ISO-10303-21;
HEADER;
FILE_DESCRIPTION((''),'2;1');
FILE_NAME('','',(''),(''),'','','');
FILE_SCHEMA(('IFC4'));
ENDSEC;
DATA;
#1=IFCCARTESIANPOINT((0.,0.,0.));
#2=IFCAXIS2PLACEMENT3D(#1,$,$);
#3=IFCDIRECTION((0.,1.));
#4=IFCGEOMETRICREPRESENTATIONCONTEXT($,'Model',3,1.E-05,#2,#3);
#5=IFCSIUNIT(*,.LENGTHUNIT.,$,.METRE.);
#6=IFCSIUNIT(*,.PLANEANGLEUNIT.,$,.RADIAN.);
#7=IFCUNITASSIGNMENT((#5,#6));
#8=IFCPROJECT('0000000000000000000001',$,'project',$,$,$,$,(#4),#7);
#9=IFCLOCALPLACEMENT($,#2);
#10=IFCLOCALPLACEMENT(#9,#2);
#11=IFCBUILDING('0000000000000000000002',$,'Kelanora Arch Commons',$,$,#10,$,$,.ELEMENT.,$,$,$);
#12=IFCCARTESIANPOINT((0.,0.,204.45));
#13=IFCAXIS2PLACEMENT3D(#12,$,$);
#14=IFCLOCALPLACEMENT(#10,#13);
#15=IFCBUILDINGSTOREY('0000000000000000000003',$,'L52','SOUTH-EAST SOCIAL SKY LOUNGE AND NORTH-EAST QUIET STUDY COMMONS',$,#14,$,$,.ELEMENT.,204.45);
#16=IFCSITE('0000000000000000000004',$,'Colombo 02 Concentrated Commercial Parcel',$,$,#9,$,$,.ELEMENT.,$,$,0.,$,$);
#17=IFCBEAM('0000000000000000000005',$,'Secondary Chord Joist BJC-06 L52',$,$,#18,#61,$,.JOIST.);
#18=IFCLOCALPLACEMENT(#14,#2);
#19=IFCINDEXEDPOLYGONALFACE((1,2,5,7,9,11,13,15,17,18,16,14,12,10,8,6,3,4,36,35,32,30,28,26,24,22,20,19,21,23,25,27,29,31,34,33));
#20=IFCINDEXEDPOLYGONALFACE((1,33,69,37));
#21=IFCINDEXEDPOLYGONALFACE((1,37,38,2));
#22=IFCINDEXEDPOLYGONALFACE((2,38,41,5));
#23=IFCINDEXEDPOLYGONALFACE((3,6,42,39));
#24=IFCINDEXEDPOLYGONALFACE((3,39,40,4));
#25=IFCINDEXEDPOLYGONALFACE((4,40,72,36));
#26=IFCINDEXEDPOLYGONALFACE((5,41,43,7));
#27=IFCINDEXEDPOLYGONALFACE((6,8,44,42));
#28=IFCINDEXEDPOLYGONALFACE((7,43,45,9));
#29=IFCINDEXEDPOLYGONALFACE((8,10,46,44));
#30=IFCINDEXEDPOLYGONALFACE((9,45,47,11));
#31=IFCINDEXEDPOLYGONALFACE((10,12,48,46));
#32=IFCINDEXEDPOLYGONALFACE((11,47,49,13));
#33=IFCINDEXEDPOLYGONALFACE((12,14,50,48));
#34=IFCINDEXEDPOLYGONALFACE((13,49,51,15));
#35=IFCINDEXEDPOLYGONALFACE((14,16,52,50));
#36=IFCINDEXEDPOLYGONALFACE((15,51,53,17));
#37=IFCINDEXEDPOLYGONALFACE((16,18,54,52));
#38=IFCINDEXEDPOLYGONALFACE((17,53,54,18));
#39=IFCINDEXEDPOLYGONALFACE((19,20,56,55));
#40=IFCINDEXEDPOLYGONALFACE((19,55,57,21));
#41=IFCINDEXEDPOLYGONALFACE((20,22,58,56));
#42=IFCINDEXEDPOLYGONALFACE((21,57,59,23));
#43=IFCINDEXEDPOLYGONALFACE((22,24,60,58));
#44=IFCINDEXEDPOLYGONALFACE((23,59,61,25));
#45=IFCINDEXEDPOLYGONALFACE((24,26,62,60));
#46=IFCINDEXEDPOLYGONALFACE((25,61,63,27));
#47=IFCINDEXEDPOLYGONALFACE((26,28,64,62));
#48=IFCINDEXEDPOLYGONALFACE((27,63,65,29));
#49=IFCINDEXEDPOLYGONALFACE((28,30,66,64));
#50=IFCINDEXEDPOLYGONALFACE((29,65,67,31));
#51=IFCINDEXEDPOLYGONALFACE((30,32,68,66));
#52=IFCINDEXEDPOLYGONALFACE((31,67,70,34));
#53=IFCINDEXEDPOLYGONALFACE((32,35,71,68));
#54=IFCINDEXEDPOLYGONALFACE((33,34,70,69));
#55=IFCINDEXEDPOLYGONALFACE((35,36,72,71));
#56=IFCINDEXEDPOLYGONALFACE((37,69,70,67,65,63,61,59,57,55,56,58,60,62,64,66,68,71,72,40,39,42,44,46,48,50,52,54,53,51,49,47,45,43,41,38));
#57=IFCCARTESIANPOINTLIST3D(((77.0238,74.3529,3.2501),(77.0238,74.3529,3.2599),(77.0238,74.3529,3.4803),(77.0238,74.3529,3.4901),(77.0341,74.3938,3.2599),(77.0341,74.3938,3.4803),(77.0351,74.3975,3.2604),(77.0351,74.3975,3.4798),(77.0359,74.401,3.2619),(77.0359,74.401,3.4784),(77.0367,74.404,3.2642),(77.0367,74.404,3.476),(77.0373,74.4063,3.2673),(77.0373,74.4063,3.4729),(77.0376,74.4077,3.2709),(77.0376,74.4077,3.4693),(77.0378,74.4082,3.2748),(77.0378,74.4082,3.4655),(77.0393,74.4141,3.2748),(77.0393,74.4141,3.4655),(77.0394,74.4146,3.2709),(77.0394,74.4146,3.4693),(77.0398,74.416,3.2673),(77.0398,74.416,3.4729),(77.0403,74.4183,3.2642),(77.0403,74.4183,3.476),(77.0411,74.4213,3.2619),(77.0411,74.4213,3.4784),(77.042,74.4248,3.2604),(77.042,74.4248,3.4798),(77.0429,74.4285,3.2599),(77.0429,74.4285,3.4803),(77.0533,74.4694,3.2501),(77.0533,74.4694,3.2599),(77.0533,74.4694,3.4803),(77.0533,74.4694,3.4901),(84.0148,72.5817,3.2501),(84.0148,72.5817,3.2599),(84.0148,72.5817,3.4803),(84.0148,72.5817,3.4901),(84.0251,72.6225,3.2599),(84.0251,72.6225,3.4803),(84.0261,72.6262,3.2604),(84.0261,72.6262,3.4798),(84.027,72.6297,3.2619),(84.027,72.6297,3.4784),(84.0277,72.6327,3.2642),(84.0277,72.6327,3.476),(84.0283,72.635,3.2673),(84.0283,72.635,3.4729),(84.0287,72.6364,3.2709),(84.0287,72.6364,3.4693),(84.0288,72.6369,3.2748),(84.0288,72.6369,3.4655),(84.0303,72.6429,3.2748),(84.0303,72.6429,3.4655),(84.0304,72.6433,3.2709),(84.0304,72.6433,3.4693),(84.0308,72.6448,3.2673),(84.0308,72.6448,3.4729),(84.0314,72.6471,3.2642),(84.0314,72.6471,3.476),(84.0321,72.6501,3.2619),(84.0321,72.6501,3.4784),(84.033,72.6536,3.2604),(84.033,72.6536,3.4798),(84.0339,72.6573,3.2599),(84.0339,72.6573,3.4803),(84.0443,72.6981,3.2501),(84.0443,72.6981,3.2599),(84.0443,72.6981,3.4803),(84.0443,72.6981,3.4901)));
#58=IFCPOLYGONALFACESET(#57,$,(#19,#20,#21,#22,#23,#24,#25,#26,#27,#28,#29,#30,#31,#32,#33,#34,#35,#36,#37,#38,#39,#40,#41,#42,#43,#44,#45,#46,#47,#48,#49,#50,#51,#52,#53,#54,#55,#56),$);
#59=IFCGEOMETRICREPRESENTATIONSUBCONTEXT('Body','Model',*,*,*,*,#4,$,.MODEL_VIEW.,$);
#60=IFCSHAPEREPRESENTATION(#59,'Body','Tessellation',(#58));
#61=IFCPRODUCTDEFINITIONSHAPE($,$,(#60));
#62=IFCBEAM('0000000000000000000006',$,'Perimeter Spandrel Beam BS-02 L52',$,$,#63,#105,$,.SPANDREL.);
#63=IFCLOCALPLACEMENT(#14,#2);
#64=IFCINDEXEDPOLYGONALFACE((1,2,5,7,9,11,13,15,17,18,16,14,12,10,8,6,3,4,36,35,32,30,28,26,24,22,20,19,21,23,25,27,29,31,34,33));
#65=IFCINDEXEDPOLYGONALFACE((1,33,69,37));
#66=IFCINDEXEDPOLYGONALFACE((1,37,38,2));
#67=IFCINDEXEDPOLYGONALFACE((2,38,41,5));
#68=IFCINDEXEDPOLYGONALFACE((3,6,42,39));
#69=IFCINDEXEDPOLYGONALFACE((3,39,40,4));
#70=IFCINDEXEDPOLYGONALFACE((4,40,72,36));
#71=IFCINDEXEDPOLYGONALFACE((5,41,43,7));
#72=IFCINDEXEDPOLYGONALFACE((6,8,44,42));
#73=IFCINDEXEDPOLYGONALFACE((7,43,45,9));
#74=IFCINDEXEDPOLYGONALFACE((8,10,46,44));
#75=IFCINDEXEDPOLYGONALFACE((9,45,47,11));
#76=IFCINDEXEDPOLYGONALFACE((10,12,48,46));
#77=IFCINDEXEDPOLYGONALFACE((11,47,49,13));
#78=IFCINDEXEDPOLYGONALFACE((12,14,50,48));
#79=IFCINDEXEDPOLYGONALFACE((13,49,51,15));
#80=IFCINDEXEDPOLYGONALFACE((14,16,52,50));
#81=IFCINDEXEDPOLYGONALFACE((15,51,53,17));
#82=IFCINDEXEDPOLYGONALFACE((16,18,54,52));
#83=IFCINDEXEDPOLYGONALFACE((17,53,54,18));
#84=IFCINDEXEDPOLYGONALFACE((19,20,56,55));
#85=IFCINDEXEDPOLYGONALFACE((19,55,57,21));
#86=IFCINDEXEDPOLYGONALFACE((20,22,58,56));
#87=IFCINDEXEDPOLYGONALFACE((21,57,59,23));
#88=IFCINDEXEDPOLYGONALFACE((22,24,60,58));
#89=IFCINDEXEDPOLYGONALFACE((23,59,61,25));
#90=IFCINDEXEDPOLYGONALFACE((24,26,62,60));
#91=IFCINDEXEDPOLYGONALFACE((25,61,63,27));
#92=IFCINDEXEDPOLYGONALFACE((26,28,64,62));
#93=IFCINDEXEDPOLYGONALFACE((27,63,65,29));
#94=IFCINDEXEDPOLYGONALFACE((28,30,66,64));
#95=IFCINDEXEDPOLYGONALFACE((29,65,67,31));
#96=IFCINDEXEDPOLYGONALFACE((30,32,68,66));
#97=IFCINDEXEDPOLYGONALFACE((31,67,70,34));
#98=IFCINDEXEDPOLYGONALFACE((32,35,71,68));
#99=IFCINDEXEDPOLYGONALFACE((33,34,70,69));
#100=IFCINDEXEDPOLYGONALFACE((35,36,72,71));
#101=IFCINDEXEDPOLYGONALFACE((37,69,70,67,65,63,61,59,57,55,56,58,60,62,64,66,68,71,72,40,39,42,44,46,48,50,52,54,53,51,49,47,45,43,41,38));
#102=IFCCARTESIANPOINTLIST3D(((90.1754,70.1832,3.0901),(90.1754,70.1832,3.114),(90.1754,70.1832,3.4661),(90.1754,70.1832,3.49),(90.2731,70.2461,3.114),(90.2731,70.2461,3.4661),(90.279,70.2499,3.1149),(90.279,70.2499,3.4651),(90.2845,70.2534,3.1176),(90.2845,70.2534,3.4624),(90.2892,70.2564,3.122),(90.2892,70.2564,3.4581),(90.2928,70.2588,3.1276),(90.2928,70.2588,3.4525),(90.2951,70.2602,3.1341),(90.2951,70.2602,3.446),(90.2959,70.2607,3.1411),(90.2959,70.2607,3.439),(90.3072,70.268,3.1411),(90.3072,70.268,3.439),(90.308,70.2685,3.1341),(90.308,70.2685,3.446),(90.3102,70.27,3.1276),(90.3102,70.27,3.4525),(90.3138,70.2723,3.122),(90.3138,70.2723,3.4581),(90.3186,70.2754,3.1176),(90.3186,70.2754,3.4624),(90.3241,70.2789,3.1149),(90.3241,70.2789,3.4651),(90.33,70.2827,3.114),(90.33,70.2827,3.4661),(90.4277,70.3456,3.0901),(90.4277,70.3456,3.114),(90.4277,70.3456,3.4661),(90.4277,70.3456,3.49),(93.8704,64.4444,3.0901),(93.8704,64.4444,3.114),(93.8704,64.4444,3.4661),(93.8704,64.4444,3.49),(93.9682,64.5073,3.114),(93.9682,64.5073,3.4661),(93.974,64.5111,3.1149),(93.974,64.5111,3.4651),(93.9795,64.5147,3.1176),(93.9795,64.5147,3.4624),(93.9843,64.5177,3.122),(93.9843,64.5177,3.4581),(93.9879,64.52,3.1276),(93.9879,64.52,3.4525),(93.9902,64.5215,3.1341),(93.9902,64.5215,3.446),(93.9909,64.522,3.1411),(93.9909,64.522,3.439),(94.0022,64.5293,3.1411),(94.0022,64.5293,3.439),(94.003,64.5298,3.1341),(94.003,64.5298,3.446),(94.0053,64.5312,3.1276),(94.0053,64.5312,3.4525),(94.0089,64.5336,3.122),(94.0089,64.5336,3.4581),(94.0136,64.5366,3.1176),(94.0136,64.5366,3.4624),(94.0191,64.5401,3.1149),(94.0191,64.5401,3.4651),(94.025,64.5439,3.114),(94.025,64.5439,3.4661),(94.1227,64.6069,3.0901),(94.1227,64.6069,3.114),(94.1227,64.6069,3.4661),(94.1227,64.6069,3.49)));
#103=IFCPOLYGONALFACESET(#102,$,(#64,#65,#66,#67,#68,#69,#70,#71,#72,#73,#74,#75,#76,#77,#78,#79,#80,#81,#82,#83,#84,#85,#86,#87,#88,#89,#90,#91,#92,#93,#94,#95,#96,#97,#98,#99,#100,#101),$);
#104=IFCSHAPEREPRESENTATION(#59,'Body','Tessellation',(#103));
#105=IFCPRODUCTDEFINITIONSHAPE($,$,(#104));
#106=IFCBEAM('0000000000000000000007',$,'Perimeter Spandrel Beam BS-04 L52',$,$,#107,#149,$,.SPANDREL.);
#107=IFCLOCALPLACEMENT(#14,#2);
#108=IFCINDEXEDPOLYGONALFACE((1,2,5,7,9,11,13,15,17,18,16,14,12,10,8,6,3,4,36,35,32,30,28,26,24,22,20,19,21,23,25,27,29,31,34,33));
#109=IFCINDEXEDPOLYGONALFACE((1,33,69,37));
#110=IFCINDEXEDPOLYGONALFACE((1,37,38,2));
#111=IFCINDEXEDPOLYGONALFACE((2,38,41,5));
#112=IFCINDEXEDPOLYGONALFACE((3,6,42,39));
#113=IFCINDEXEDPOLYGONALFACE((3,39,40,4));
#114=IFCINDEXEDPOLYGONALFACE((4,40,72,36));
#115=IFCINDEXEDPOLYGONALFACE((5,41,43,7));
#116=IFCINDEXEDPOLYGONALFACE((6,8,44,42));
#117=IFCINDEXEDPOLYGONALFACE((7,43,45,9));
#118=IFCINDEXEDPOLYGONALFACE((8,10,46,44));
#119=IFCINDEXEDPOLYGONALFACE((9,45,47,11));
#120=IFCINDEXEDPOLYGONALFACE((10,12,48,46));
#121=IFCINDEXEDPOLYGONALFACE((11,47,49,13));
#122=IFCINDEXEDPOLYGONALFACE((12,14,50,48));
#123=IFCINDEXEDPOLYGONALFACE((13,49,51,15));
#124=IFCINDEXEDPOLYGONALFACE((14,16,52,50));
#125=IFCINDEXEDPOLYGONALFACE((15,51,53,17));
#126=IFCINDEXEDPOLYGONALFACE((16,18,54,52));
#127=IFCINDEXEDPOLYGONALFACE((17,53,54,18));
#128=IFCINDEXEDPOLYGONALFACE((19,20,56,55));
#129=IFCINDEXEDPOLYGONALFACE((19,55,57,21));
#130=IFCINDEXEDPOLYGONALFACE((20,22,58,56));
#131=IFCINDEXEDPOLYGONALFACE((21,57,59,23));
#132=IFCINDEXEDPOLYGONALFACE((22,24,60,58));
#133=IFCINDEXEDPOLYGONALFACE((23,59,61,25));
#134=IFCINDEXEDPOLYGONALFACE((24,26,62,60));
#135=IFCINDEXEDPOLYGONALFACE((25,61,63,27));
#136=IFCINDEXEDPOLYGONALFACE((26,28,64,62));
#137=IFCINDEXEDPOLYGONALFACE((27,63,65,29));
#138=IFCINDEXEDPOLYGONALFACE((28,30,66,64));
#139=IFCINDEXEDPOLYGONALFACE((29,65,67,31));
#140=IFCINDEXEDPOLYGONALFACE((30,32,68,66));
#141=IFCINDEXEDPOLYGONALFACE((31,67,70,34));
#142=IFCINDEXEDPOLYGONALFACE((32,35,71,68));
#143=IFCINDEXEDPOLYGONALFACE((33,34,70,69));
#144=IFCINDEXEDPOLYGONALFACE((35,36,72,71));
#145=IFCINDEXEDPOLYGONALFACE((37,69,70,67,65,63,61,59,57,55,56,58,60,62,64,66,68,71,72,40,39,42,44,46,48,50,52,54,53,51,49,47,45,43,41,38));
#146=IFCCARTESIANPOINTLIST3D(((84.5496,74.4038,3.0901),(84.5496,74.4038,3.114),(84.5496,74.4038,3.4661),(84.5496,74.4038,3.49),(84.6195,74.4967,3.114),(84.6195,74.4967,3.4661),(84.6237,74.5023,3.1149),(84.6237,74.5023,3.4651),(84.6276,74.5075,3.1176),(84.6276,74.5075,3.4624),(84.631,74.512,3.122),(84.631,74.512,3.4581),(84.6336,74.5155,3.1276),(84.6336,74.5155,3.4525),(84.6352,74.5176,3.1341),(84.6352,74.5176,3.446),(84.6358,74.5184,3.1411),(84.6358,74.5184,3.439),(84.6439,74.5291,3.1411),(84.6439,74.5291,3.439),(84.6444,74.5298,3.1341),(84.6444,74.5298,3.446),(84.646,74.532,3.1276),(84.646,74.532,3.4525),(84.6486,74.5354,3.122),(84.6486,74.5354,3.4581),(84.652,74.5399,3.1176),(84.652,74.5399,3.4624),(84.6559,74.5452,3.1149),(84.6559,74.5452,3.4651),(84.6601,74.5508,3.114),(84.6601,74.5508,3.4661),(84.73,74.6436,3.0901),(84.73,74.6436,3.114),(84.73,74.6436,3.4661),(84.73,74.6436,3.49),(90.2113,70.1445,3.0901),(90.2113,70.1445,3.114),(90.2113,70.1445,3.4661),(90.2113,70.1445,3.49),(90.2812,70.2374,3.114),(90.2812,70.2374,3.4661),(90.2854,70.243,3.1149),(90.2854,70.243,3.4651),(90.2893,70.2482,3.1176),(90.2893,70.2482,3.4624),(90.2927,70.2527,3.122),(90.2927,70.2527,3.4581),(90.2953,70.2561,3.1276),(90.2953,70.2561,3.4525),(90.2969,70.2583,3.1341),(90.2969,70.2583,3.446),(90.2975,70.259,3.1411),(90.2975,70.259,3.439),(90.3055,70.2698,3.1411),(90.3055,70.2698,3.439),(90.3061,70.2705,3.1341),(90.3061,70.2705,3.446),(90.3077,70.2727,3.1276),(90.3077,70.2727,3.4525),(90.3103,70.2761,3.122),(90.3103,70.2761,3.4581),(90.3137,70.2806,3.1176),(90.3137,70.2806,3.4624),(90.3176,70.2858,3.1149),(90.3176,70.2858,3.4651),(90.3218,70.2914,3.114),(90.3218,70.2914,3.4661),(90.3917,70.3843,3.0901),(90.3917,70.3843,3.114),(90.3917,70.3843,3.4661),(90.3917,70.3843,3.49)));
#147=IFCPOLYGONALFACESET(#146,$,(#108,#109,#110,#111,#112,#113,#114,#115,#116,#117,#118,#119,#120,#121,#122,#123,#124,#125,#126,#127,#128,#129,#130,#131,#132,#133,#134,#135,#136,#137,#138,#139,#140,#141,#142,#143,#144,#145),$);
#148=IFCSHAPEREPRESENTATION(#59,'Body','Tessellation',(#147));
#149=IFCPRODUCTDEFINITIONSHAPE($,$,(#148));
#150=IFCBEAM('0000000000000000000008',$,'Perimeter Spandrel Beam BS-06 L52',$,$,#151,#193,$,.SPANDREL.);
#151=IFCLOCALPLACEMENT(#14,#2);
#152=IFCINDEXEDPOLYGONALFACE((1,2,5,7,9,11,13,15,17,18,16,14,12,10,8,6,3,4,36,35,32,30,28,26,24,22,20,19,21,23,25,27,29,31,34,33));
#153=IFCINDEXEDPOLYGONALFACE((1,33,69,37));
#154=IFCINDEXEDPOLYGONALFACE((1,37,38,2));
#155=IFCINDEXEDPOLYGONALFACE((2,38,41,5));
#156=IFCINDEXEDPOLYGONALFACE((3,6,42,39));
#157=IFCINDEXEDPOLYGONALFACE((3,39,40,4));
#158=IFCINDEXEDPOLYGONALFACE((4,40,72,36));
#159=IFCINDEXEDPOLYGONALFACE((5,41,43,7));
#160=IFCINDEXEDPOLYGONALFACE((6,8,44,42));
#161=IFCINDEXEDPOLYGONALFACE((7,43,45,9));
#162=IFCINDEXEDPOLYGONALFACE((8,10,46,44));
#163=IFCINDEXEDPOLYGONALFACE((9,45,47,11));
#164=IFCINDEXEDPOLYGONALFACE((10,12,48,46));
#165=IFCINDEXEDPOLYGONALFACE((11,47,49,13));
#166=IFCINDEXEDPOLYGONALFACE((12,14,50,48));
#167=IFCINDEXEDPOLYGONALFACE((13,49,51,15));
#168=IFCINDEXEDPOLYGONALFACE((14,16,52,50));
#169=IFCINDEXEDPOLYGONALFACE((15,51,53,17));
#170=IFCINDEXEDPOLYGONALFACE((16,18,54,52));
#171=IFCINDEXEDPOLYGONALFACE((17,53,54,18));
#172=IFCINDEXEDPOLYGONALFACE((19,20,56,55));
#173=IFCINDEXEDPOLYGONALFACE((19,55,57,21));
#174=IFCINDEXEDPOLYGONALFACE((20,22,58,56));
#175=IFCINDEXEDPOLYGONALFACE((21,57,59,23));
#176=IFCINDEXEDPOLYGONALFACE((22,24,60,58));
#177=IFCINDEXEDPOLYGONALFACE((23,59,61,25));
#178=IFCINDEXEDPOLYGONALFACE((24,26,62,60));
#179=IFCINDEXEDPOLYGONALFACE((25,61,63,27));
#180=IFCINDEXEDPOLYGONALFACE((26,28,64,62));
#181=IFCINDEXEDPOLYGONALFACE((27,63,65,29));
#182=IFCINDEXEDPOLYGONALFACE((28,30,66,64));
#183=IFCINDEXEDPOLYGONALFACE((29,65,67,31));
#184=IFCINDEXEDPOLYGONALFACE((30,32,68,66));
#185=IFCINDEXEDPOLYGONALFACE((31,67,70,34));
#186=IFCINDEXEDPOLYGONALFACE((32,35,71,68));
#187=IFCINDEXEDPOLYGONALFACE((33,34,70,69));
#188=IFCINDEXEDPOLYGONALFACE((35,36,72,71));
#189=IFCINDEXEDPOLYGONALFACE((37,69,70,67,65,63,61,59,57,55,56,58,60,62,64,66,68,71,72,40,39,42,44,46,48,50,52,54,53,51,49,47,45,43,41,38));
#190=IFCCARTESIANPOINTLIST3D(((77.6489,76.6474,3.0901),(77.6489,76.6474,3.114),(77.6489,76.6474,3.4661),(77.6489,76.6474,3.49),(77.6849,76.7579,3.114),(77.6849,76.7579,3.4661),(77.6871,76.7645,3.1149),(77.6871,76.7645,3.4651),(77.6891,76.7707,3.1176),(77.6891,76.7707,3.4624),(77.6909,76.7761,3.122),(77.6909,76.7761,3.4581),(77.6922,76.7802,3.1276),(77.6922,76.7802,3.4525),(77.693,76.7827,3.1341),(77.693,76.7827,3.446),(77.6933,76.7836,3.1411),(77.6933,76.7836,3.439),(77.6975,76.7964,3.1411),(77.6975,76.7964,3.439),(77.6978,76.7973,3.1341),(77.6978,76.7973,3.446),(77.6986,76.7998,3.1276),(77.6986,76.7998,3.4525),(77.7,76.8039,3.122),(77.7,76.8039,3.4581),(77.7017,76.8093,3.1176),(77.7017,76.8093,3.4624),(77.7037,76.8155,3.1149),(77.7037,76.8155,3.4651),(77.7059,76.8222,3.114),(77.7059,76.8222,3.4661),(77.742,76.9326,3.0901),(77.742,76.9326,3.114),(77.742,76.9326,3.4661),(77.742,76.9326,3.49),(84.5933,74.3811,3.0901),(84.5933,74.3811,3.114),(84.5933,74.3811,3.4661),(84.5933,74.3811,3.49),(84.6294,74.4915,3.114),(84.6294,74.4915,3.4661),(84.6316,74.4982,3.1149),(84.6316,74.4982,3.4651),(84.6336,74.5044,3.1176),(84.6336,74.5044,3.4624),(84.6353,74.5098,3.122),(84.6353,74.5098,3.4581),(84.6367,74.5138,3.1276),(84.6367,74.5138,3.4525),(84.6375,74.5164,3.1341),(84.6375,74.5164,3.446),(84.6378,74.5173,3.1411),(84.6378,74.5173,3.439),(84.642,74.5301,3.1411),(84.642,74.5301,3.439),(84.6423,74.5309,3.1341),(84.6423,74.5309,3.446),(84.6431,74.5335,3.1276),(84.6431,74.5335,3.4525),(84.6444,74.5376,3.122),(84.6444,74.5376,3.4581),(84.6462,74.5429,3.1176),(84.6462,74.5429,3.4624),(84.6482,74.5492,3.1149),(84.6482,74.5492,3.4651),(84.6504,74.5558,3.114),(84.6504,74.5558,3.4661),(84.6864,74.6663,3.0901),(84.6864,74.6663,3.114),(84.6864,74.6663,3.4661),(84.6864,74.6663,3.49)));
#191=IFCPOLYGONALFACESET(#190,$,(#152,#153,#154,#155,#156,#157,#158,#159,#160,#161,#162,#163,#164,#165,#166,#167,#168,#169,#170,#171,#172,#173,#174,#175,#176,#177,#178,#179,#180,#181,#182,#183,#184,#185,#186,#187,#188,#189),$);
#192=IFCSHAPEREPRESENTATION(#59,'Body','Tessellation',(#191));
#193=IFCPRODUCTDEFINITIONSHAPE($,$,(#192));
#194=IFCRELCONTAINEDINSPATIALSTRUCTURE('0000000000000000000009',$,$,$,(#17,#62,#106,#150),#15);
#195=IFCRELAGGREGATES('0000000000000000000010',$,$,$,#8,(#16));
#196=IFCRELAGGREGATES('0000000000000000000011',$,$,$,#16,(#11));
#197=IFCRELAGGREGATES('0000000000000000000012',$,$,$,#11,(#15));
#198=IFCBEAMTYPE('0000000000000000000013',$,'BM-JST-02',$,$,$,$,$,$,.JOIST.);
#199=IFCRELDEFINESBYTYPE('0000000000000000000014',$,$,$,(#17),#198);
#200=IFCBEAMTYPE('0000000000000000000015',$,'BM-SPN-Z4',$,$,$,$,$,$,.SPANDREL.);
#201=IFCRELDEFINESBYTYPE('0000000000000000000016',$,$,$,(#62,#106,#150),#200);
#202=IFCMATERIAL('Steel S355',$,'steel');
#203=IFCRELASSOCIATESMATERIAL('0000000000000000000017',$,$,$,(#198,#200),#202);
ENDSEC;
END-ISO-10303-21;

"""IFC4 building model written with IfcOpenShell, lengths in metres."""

from ifc_helpers import new_model, si_unit, direction, frame, origin, origin_2d, place, context, subcontext, project, spatial, i_section, extrude, material, material_profile, profile_set, type_object, element, save


model = new_model("IFC4")

# Units and contexts
model_context = context("Model", 3, precision=1e-05, world=origin(), true_north=direction((0.0, 1.0)))
body_context = subcontext(model_context, "Body", "Model", "MODEL_VIEW")
ifc_project = project(units=[si_unit("LENGTHUNIT", "METRE"), si_unit("PLANEANGLEUNIT", "RADIAN")], contexts=[model_context])

# Site, building, storey
site_placement = place(None, origin())
site = spatial("IfcSite", under=ifc_project, at=site_placement, Name="Colombo 02 Concentrated Commercial Parcel", CompositionType="ELEMENT", RefElevation=0.0)
building_placement = place(site_placement, origin())
building = spatial("IfcBuilding", under=site, at=building_placement, Name="Kelanora Arch Commons", CompositionType="ELEMENT")
storey_placement = place(building_placement, frame((0.0, 0.0, 204.45)))
storey = spatial("IfcBuildingStorey", under=building, at=storey_placement, Name="L52", Description="SOUTH-EAST SOCIAL SKY LOUNGE AND NORTH-EAST QUIET STUDY COMMONS", CompositionType="ELEMENT", Elevation=204.45)

# Beams
ifc_material_1 = material(Name="Steel S355", Category="steel")
ifc_material_profile_1 = material_profile(ifc_material_1, i_section(OverallWidth=0.1201, OverallDepth=0.24, WebThickness=0.0061, FlangeThickness=0.0098, FilletRadius=0.0149, at=origin_2d()), Name="IPE240")
ifc_profile_set_1 = profile_set([ifc_material_profile_1], Name="Steel S355")
beam_type_1 = type_object("IfcBeamType", Name="BM-JST-02", PredefinedType="JOIST", material=ifc_profile_set_1)
beam_1_placement = place(storey_placement, frame((84.0295, 72.6399, 3.3701), z_axis=(-0.969371, 0.245601, 0.0), x_axis=(-0.245601, -0.969371, 0.0)))
element("IfcBeam", 1, at=beam_1_placement, inside=storey, type_object=beam_type_1, Name="Secondary Chord Joist BJC-06 L52", PredefinedType="JOIST", context=body_context, shape_type="SweptSolid", body=[
    extrude(i_section(OverallWidth=0.1201, OverallDepth=0.24, WebThickness=0.0061, FlangeThickness=0.0098, FilletRadius=0.0149, at=origin_2d()), origin(), (0.0, 0.0, 1.0), 7.2119),
])
ifc_material_profile_2 = material_profile(ifc_material_1, i_section(OverallWidth=0.3, OverallDepth=0.3999, WebThickness=0.0134, FlangeThickness=0.0239, FilletRadius=0.0271, at=origin_2d()), Name="HEB400")
ifc_profile_set_2 = profile_set([ifc_material_profile_2], Name="Steel S355")
beam_type_2 = type_object("IfcBeamType", Name="BM-SPN-Z4", PredefinedType="SPANDREL", material=ifc_profile_set_2)
beam_2_placement = place(storey_placement, frame((93.9966, 64.5256, 3.29), z_axis=(-0.541365, 0.840788, 0.0), x_axis=(-0.840788, -0.541365, 0.0)))
element("IfcBeam", 2, at=beam_2_placement, inside=storey, type_object=beam_type_2, Name="Perimeter Spandrel Beam BS-02 L52", PredefinedType="SPANDREL", context=body_context, shape_type="SweptSolid", body=[
    extrude(i_section(OverallWidth=0.3, OverallDepth=0.3999, WebThickness=0.0134, FlangeThickness=0.0239, FilletRadius=0.0271, at=origin_2d()), origin(), (0.0, 0.0, 1.0), 6.8254),
])
beam_3_placement = place(storey_placement, frame((90.3015, 70.2644, 3.29), z_axis=(-0.799114, 0.601179, 0.0), x_axis=(-0.601179, -0.799114, 0.0)))
element("IfcBeam", 3, at=beam_3_placement, inside=storey, type_object=beam_type_2, Name="Perimeter Spandrel Beam BS-04 L52", PredefinedType="SPANDREL", context=body_context, shape_type="SweptSolid", body=[
    extrude(i_section(OverallWidth=0.3, OverallDepth=0.3999, WebThickness=0.0134, FlangeThickness=0.0239, FilletRadius=0.0271, at=origin_2d()), origin(), (0.0, 0.0, 1.0), 7.085),
])
beam_4_placement = place(storey_placement, frame((84.6399, 74.5237, 3.29), z_axis=(-0.950656, 0.310246, 0.0), x_axis=(-0.310246, -0.950656, 0.0)))
element("IfcBeam", 4, at=beam_4_placement, inside=storey, type_object=beam_type_2, Name="Perimeter Spandrel Beam BS-06 L52", PredefinedType="SPANDREL", context=body_context, shape_type="SweptSolid", body=[
    extrude(i_section(OverallWidth=0.3, OverallDepth=0.3999, WebThickness=0.0134, FlangeThickness=0.0239, FilletRadius=0.0271, at=origin_2d()), origin(), (0.0, 0.0, 1.0), 7.3049),
])

save(model, "model.ifc")
